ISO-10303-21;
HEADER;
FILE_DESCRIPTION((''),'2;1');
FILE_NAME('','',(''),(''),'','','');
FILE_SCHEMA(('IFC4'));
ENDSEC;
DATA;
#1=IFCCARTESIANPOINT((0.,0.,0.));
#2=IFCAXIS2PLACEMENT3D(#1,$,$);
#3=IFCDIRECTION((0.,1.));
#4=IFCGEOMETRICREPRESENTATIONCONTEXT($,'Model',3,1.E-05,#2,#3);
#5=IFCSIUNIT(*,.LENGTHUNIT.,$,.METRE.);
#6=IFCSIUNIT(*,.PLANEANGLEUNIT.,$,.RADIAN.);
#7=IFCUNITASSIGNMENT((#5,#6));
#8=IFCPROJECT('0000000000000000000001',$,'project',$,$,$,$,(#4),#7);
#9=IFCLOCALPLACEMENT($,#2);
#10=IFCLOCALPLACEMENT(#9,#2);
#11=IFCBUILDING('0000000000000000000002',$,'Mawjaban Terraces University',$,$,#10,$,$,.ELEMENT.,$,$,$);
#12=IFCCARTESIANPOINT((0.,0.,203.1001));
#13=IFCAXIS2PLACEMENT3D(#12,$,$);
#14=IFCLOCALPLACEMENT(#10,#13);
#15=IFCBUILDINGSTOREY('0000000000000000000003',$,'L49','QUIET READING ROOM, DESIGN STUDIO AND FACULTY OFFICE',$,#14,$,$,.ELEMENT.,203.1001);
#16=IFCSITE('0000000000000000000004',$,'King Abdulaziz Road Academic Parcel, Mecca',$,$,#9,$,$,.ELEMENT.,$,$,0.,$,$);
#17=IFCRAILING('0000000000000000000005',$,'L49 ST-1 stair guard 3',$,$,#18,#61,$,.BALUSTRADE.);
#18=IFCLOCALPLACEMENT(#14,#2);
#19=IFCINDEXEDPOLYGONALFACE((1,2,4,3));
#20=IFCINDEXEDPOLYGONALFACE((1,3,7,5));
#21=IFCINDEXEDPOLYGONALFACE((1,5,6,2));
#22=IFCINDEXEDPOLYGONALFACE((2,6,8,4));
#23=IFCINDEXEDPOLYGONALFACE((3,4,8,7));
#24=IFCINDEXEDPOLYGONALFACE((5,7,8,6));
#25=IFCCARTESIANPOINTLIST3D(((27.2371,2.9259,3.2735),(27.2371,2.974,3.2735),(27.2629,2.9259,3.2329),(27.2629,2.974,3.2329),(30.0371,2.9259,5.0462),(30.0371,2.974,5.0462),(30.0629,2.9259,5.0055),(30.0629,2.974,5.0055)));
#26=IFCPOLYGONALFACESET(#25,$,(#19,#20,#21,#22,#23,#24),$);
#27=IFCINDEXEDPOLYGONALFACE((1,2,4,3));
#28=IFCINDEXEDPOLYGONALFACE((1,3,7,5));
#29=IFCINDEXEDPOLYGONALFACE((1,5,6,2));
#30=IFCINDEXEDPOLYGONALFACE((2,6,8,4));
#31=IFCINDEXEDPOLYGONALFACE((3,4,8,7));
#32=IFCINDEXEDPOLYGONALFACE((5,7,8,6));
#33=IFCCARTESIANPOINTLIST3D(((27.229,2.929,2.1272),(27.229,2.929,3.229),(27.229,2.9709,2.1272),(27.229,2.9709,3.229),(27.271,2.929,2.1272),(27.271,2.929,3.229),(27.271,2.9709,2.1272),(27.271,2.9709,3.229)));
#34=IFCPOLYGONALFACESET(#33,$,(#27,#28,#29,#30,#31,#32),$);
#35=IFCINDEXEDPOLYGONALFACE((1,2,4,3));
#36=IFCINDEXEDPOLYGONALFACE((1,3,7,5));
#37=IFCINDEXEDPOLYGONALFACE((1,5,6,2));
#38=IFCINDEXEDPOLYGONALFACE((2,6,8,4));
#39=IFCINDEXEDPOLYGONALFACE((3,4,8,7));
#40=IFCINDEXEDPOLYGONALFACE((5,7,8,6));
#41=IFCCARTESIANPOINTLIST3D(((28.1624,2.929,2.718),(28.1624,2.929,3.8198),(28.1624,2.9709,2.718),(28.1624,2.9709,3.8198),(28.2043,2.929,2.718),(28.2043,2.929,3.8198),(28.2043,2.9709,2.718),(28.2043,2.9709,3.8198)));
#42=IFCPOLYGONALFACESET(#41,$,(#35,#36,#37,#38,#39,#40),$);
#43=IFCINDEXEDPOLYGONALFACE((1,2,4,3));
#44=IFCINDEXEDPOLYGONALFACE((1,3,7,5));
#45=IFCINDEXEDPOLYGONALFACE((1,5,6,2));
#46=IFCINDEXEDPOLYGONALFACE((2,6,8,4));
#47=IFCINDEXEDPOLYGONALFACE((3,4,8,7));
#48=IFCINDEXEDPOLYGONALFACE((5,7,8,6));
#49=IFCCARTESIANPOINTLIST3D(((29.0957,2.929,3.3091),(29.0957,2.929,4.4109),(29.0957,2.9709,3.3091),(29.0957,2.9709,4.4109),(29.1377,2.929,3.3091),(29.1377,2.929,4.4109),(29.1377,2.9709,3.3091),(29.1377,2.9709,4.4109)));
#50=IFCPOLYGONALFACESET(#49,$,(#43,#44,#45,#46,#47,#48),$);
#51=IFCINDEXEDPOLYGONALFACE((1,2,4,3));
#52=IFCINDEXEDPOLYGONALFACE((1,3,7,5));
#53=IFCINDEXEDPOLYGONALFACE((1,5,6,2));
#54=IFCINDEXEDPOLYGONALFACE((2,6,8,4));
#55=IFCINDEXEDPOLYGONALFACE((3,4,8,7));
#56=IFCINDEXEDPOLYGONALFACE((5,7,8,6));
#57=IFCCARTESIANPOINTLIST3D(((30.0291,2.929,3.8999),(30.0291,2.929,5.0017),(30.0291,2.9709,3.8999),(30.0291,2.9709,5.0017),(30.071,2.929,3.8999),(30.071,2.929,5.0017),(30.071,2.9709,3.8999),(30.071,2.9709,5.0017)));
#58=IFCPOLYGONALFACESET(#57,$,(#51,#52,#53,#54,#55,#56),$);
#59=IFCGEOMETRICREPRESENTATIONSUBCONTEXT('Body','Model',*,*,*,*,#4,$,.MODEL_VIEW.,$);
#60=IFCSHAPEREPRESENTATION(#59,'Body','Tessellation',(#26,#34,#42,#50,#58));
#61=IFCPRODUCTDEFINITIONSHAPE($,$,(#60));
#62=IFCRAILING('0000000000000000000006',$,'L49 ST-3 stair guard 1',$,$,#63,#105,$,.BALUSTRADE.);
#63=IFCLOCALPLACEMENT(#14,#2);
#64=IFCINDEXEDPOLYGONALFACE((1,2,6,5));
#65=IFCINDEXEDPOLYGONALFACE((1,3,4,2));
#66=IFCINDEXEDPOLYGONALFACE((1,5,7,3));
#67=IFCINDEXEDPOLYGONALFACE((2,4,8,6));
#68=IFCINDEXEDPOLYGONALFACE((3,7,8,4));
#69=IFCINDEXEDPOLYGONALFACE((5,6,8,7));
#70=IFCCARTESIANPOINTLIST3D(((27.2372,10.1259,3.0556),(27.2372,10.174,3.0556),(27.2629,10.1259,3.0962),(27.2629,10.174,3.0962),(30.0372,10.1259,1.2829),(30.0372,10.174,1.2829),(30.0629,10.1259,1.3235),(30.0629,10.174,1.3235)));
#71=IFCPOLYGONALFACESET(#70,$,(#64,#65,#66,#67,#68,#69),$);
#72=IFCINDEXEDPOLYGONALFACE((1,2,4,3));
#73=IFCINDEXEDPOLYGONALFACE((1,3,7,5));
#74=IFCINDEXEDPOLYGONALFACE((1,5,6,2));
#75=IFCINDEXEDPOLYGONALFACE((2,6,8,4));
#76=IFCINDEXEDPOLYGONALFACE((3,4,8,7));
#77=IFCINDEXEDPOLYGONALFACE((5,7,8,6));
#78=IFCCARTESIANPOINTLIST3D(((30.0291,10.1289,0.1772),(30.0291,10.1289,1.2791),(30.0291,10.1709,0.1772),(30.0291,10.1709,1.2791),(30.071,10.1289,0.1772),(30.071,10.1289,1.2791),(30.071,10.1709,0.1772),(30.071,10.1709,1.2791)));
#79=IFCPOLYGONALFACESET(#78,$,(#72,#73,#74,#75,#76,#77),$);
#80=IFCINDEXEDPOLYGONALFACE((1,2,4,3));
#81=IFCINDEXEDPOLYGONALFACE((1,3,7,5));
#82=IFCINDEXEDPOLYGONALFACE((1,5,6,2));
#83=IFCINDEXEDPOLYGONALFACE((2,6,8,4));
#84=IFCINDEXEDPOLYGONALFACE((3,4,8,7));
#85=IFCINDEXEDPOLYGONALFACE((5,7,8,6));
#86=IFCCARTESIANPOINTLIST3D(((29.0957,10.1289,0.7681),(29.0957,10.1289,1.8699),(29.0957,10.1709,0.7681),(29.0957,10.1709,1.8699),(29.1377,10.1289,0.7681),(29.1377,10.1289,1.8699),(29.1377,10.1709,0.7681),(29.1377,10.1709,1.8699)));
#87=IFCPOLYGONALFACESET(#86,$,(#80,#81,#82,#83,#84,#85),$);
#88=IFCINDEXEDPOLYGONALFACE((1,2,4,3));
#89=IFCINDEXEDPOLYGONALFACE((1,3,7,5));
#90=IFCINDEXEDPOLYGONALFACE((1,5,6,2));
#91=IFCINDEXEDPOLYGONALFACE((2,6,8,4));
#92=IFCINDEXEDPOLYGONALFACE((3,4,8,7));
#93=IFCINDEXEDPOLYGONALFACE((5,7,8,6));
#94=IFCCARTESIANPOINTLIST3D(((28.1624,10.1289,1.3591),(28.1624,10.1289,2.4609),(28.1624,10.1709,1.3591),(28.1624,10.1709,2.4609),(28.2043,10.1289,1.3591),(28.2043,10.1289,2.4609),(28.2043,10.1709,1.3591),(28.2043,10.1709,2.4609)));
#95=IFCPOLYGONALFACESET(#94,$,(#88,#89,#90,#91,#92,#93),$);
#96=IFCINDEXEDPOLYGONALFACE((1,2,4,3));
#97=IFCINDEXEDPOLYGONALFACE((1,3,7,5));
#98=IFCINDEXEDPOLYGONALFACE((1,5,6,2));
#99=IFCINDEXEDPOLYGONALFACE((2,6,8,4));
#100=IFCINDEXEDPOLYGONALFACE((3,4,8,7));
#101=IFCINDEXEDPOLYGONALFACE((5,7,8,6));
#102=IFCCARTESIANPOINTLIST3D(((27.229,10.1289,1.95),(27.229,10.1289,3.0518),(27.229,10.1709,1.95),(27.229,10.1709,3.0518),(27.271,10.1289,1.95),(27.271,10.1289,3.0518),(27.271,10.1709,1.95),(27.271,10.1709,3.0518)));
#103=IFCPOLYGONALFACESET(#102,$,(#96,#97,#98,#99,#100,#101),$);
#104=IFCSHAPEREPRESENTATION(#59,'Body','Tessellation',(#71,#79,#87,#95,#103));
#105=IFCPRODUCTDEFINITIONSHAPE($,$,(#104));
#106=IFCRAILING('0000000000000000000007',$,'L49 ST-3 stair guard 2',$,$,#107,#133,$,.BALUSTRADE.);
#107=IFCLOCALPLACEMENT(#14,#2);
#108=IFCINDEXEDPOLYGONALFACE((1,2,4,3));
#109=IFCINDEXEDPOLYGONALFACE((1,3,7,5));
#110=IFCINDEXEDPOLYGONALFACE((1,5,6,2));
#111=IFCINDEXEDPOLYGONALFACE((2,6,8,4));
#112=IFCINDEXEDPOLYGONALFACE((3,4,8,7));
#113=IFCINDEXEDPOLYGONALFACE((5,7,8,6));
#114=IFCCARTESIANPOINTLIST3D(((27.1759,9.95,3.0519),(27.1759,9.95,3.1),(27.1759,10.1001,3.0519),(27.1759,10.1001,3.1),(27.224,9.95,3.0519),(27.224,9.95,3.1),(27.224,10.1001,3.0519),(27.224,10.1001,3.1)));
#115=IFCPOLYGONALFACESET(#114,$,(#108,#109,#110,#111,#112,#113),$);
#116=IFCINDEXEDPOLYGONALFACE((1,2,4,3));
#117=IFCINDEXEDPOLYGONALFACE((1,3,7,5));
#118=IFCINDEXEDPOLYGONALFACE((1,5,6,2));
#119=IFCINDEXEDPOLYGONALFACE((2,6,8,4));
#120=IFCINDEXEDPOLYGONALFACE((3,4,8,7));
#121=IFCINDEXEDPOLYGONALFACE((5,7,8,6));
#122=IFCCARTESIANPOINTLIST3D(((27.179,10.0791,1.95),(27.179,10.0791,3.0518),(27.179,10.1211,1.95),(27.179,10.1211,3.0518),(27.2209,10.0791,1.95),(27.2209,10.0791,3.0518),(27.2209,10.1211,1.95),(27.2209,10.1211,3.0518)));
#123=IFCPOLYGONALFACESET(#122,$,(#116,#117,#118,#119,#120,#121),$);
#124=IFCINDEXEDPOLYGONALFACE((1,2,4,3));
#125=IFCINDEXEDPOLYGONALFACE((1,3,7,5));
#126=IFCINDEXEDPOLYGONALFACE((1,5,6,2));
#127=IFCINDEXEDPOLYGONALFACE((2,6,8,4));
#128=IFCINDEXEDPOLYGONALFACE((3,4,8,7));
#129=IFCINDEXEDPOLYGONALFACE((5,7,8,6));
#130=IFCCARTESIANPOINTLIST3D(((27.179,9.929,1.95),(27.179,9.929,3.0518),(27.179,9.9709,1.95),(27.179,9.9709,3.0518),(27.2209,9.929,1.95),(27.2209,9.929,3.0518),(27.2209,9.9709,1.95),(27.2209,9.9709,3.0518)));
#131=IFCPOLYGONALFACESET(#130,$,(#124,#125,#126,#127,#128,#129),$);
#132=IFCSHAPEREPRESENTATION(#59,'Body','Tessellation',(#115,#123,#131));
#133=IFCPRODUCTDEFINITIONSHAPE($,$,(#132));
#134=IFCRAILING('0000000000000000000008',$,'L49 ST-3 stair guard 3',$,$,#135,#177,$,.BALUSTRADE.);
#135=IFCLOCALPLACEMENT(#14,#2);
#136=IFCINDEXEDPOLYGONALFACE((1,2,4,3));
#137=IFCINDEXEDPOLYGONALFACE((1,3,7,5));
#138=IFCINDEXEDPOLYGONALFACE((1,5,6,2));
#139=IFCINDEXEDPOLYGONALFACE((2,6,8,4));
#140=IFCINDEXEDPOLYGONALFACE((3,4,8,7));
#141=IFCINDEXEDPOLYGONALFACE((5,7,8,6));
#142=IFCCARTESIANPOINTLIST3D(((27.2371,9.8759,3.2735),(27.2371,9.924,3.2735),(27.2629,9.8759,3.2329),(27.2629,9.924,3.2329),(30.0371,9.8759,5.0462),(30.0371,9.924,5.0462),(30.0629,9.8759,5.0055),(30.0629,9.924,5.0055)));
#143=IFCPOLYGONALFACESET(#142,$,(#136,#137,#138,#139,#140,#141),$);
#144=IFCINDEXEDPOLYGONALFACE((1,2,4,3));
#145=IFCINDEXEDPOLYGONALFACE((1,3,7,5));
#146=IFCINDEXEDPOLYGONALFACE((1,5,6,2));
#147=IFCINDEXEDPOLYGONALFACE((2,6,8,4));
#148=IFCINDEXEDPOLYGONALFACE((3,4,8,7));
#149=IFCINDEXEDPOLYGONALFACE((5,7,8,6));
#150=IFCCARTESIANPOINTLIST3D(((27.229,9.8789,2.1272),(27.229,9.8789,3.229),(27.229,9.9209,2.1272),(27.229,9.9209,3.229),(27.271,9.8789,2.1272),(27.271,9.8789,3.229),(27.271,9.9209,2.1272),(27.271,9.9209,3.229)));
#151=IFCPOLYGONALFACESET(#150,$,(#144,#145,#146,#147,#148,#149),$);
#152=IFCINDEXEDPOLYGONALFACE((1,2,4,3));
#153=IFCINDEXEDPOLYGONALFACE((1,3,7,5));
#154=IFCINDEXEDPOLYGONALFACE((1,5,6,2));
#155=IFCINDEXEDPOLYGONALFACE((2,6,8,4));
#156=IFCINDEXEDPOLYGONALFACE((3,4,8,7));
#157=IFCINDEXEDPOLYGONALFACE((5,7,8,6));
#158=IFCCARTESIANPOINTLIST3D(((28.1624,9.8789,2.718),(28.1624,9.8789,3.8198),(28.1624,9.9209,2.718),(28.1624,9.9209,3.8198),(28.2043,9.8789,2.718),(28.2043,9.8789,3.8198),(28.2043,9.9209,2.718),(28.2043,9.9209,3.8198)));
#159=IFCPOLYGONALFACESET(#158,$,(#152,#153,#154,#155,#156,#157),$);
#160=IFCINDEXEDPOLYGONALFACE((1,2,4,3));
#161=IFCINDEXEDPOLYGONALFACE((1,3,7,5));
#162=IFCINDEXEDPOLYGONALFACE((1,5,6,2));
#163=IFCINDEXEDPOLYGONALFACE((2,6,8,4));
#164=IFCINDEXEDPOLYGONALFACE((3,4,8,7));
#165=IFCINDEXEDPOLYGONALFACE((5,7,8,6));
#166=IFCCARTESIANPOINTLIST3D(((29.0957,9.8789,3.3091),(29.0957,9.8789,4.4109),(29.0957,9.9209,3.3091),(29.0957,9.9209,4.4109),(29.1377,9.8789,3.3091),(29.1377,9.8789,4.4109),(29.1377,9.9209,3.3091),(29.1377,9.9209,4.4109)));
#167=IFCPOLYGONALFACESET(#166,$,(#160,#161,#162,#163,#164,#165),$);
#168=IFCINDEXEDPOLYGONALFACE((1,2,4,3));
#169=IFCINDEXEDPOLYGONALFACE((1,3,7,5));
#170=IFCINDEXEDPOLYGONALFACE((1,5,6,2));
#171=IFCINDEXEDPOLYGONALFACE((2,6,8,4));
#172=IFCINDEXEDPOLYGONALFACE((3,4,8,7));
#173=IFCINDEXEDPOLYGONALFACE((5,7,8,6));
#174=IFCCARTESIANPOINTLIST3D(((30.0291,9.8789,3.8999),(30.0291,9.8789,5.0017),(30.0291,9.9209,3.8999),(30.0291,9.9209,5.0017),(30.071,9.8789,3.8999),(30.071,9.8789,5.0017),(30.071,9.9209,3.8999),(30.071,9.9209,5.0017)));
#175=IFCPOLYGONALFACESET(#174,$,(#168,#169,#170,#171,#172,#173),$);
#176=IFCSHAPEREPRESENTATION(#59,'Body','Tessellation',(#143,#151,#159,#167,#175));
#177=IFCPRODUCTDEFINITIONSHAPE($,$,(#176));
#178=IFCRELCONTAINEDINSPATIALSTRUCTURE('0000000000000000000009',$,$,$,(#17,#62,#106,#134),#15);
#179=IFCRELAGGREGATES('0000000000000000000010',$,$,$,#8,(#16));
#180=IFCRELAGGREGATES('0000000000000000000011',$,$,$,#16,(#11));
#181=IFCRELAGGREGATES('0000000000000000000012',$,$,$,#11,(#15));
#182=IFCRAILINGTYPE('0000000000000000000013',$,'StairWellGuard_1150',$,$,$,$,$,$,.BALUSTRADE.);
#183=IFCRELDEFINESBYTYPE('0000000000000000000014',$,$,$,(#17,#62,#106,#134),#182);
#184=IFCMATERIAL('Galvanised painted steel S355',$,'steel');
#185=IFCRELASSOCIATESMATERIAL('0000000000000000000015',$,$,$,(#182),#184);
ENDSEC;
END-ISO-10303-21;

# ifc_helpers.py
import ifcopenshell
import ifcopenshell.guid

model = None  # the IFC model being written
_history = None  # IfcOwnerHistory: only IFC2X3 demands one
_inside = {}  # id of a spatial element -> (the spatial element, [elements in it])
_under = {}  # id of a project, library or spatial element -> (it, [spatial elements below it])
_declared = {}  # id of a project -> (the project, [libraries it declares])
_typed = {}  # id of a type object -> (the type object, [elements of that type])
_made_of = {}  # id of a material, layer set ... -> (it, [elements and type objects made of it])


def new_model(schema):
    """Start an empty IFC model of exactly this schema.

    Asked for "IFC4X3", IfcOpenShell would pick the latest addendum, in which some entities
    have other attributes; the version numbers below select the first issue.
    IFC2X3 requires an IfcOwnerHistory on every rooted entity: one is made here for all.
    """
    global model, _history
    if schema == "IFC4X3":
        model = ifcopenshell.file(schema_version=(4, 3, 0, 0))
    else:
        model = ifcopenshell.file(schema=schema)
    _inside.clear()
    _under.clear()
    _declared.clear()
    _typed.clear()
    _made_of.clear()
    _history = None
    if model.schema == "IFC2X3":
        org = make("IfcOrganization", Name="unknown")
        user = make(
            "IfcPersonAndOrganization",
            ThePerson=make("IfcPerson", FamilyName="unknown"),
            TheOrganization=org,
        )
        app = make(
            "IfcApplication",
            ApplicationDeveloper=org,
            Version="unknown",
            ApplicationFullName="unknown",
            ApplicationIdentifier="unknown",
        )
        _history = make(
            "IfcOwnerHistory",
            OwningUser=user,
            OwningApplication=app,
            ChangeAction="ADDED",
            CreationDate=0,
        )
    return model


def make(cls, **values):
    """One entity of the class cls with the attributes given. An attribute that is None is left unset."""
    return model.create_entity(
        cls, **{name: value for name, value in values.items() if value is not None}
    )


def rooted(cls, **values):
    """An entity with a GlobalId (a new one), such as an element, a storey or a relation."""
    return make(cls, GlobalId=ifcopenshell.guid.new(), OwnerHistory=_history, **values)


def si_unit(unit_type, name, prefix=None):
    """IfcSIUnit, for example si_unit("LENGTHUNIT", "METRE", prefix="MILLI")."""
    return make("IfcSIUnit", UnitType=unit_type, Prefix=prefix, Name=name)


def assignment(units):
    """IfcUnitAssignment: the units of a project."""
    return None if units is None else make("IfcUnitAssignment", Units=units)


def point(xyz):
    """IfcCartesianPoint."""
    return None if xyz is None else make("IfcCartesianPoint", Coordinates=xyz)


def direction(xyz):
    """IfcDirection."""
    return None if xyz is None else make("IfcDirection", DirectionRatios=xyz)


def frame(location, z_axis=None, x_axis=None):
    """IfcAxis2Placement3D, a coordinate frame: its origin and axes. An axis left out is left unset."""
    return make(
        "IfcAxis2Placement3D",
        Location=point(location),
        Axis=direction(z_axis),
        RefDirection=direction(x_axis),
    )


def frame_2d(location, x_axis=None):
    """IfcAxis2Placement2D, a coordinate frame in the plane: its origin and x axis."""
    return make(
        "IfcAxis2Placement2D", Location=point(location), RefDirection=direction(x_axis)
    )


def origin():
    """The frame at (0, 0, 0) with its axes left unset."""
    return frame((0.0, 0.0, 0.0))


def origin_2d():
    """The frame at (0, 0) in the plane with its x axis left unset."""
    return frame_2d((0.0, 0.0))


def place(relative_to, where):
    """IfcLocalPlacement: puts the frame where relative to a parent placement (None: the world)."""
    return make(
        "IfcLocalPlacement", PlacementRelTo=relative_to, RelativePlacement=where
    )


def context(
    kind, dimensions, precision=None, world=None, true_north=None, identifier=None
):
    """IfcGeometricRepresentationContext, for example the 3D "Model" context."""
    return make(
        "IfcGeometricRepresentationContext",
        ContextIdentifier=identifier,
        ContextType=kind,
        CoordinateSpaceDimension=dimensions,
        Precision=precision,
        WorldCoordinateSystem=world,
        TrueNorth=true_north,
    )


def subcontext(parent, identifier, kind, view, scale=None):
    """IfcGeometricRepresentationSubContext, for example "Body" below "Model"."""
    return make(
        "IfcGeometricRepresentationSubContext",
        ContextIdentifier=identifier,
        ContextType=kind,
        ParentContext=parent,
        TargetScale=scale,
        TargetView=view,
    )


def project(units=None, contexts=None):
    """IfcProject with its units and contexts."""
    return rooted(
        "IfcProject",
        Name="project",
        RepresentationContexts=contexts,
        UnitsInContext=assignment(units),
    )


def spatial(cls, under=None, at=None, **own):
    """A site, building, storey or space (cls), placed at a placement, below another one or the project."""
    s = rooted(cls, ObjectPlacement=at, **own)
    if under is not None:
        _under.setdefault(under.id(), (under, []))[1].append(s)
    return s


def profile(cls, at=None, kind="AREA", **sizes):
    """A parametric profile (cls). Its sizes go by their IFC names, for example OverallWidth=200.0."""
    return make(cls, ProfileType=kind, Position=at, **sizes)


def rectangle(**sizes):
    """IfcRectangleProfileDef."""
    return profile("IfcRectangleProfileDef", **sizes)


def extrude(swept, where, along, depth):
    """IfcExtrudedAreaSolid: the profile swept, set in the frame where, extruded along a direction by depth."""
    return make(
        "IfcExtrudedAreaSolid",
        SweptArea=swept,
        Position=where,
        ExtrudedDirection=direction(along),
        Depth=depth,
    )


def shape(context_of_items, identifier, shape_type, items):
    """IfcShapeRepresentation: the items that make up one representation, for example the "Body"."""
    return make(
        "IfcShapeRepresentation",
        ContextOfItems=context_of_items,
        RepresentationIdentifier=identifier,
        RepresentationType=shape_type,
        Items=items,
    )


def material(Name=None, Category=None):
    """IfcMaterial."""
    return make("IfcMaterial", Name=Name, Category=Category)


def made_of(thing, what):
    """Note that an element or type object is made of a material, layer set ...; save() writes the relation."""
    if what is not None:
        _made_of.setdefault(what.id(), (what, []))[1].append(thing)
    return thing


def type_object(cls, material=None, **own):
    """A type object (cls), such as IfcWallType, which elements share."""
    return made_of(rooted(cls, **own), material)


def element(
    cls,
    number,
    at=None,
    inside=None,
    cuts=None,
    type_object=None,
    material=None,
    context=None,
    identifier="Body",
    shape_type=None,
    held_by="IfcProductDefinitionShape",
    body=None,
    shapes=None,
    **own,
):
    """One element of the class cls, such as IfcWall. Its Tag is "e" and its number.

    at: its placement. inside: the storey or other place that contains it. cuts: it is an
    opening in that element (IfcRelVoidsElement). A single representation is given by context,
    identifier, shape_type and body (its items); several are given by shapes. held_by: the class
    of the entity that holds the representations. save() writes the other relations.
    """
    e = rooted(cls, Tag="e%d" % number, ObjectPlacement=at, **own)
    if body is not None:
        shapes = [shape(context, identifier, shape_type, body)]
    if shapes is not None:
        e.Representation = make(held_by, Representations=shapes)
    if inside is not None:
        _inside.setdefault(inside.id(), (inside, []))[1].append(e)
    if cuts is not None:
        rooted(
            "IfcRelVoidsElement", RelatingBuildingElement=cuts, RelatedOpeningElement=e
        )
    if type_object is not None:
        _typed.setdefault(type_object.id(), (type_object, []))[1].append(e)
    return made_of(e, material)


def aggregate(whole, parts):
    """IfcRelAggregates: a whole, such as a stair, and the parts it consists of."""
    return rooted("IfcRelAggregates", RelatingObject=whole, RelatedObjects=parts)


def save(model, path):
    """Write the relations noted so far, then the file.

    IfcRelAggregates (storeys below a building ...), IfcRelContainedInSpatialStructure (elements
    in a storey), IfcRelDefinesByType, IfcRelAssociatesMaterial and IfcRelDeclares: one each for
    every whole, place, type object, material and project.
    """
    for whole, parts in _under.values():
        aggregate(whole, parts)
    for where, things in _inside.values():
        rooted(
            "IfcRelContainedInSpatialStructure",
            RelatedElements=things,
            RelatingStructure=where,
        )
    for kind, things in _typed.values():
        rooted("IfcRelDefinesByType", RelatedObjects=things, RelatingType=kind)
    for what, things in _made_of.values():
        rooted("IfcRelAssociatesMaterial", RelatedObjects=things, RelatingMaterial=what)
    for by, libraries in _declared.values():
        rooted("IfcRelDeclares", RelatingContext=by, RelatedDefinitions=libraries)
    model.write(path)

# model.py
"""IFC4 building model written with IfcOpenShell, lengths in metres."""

from ifc_helpers import new_model, si_unit, direction, frame, origin, origin_2d, place, context, subcontext, project, spatial, rectangle, extrude, material, type_object, element, save


model = new_model("IFC4")

# Units and contexts
model_context = context("Model", 3, precision=1e-05, world=origin(), true_north=direction((0.0, 1.0)))
body_context = subcontext(model_context, "Body", "Model", "MODEL_VIEW")
ifc_project = project(units=[si_unit("LENGTHUNIT", "METRE"), si_unit("PLANEANGLEUNIT", "RADIAN")], contexts=[model_context])

# Site, building, storey
site_placement = place(None, origin())
site = spatial("IfcSite", under=ifc_project, at=site_placement, Name="King Abdulaziz Road Academic Parcel, Mecca", CompositionType="ELEMENT", RefElevation=0.0)
building_placement = place(site_placement, origin())
building = spatial("IfcBuilding", under=site, at=building_placement, Name="Mawjaban Terraces University", CompositionType="ELEMENT")
storey_placement = place(building_placement, frame((0.0, 0.0, 203.1001)))
storey = spatial("IfcBuildingStorey", under=building, at=storey_placement, Name="L49", Description="QUIET READING ROOM, DESIGN STUDIO AND FACULTY OFFICE", CompositionType="ELEMENT", Elevation=203.1001)

# Railings
ifc_material_1 = material(Name="Galvanised painted steel S355", Category="steel")
railing_type_1 = type_object("IfcRailingType", Name="StairWellGuard_1150", PredefinedType="BALUSTRADE", material=ifc_material_1)
railing_1_placement = place(storey_placement, frame((27.25, 2.95, 2.1272)))
element("IfcRailing", 1, at=railing_1_placement, inside=storey, type_object=railing_type_1, Name="L49 ST-1 stair guard 3", PredefinedType="BALUSTRADE", context=body_context, shape_type="SweptSolid", body=[
    extrude(rectangle(XDim=0.0481, YDim=0.0481, at=origin_2d()), frame((0.0, 0.0, 1.126), z_axis=(0.844909, 0.0, 0.53491), x_axis=(0.0, 1.0, 0.0)), (0.0, 0.0, 1.0), 3.314),
    extrude(rectangle(XDim=0.042, YDim=0.042, at=origin_2d()), origin(), (0.0, 0.0, 1.0), 1.1018),
    extrude(rectangle(XDim=0.042, YDim=0.042, at=origin_2d()), frame((0.9333, 0.0, 0.5908)), (0.0, 0.0, 1.0), 1.1018),
    extrude(rectangle(XDim=0.042, YDim=0.042, at=origin_2d()), frame((1.8667, 0.0, 1.1819)), (0.0, 0.0, 1.0), 1.1018),
    extrude(rectangle(XDim=0.042, YDim=0.042, at=origin_2d()), frame((2.8, 0.0, 1.7727)), (0.0, 0.0, 1.0), 1.1018),
])
railing_2_placement = place(storey_placement, frame((30.05, 10.1499, 0.1772)))
element("IfcRailing", 2, at=railing_2_placement, inside=storey, type_object=railing_type_1, Name="L49 ST-3 stair guard 1", PredefinedType="BALUSTRADE", context=body_context, shape_type="SweptSolid", body=[
    extrude(rectangle(XDim=0.0481, YDim=0.0481, at=origin_2d()), frame((0.0, 0.0, 1.126), z_axis=(-0.844909, 0.0, 0.53491), x_axis=(0.0, -1.0, 0.0)), (0.0, 0.0, 1.0), 3.314),
    extrude(rectangle(XDim=0.042, YDim=0.042, at=origin_2d()), origin(), (0.0, 0.0, 1.0), 1.1018),
    extrude(rectangle(XDim=0.042, YDim=0.042, at=origin_2d()), frame((-0.9333, 0.0, 0.5908)), (0.0, 0.0, 1.0), 1.1018),
    extrude(rectangle(XDim=0.042, YDim=0.042, at=origin_2d()), frame((-1.8667, 0.0, 1.1819)), (0.0, 0.0, 1.0), 1.1018),
    extrude(rectangle(XDim=0.042, YDim=0.042, at=origin_2d()), frame((-2.8, 0.0, 1.7727)), (0.0, 0.0, 1.0), 1.1018),
])
railing_3_placement = place(storey_placement, frame((27.2, 10.1001, 1.95)))
element("IfcRailing", 3, at=railing_3_placement, inside=storey, type_object=railing_type_1, Name="L49 ST-3 stair guard 2", PredefinedType="BALUSTRADE", context=body_context, shape_type="SweptSolid", body=[
    extrude(rectangle(XDim=0.0481, YDim=0.0481, at=origin_2d()), frame((0.0, 0.0, 1.126), z_axis=(0.0, -1.0, 0.0), x_axis=(1.0, 0.0, 0.0)), (0.0, 0.0, 1.0), 0.1501),
    extrude(rectangle(XDim=0.042, YDim=0.042, at=origin_2d()), origin(), (0.0, 0.0, 1.0), 1.1018),
    extrude(rectangle(XDim=0.042, YDim=0.042, at=origin_2d()), frame((0.0, -0.1501, 0.0)), (0.0, 0.0, 1.0), 1.1018),
])
railing_4_placement = place(storey_placement, frame((27.25, 9.8999, 2.1272)))
element("IfcRailing", 4, at=railing_4_placement, inside=storey, type_object=railing_type_1, Name="L49 ST-3 stair guard 3", PredefinedType="BALUSTRADE", context=body_context, shape_type="SweptSolid", body=[
    extrude(rectangle(XDim=0.0481, YDim=0.0481, at=origin_2d()), frame((0.0, 0.0, 1.126), z_axis=(0.844909, 0.0, 0.53491), x_axis=(0.0, 1.0, 0.0)), (0.0, 0.0, 1.0), 3.314),
    extrude(rectangle(XDim=0.042, YDim=0.042, at=origin_2d()), origin(), (0.0, 0.0, 1.0), 1.1018),
    extrude(rectangle(XDim=0.042, YDim=0.042, at=origin_2d()), frame((0.9333, 0.0, 0.5908)), (0.0, 0.0, 1.0), 1.1018),
    extrude(rectangle(XDim=0.042, YDim=0.042, at=origin_2d()), frame((1.8667, 0.0, 1.1819)), (0.0, 0.0, 1.0), 1.1018),
    extrude(rectangle(XDim=0.042, YDim=0.042, at=origin_2d()), frame((2.8, 0.0, 1.7727)), (0.0, 0.0, 1.0), 1.1018),
])

save(model, "model.ifc")
